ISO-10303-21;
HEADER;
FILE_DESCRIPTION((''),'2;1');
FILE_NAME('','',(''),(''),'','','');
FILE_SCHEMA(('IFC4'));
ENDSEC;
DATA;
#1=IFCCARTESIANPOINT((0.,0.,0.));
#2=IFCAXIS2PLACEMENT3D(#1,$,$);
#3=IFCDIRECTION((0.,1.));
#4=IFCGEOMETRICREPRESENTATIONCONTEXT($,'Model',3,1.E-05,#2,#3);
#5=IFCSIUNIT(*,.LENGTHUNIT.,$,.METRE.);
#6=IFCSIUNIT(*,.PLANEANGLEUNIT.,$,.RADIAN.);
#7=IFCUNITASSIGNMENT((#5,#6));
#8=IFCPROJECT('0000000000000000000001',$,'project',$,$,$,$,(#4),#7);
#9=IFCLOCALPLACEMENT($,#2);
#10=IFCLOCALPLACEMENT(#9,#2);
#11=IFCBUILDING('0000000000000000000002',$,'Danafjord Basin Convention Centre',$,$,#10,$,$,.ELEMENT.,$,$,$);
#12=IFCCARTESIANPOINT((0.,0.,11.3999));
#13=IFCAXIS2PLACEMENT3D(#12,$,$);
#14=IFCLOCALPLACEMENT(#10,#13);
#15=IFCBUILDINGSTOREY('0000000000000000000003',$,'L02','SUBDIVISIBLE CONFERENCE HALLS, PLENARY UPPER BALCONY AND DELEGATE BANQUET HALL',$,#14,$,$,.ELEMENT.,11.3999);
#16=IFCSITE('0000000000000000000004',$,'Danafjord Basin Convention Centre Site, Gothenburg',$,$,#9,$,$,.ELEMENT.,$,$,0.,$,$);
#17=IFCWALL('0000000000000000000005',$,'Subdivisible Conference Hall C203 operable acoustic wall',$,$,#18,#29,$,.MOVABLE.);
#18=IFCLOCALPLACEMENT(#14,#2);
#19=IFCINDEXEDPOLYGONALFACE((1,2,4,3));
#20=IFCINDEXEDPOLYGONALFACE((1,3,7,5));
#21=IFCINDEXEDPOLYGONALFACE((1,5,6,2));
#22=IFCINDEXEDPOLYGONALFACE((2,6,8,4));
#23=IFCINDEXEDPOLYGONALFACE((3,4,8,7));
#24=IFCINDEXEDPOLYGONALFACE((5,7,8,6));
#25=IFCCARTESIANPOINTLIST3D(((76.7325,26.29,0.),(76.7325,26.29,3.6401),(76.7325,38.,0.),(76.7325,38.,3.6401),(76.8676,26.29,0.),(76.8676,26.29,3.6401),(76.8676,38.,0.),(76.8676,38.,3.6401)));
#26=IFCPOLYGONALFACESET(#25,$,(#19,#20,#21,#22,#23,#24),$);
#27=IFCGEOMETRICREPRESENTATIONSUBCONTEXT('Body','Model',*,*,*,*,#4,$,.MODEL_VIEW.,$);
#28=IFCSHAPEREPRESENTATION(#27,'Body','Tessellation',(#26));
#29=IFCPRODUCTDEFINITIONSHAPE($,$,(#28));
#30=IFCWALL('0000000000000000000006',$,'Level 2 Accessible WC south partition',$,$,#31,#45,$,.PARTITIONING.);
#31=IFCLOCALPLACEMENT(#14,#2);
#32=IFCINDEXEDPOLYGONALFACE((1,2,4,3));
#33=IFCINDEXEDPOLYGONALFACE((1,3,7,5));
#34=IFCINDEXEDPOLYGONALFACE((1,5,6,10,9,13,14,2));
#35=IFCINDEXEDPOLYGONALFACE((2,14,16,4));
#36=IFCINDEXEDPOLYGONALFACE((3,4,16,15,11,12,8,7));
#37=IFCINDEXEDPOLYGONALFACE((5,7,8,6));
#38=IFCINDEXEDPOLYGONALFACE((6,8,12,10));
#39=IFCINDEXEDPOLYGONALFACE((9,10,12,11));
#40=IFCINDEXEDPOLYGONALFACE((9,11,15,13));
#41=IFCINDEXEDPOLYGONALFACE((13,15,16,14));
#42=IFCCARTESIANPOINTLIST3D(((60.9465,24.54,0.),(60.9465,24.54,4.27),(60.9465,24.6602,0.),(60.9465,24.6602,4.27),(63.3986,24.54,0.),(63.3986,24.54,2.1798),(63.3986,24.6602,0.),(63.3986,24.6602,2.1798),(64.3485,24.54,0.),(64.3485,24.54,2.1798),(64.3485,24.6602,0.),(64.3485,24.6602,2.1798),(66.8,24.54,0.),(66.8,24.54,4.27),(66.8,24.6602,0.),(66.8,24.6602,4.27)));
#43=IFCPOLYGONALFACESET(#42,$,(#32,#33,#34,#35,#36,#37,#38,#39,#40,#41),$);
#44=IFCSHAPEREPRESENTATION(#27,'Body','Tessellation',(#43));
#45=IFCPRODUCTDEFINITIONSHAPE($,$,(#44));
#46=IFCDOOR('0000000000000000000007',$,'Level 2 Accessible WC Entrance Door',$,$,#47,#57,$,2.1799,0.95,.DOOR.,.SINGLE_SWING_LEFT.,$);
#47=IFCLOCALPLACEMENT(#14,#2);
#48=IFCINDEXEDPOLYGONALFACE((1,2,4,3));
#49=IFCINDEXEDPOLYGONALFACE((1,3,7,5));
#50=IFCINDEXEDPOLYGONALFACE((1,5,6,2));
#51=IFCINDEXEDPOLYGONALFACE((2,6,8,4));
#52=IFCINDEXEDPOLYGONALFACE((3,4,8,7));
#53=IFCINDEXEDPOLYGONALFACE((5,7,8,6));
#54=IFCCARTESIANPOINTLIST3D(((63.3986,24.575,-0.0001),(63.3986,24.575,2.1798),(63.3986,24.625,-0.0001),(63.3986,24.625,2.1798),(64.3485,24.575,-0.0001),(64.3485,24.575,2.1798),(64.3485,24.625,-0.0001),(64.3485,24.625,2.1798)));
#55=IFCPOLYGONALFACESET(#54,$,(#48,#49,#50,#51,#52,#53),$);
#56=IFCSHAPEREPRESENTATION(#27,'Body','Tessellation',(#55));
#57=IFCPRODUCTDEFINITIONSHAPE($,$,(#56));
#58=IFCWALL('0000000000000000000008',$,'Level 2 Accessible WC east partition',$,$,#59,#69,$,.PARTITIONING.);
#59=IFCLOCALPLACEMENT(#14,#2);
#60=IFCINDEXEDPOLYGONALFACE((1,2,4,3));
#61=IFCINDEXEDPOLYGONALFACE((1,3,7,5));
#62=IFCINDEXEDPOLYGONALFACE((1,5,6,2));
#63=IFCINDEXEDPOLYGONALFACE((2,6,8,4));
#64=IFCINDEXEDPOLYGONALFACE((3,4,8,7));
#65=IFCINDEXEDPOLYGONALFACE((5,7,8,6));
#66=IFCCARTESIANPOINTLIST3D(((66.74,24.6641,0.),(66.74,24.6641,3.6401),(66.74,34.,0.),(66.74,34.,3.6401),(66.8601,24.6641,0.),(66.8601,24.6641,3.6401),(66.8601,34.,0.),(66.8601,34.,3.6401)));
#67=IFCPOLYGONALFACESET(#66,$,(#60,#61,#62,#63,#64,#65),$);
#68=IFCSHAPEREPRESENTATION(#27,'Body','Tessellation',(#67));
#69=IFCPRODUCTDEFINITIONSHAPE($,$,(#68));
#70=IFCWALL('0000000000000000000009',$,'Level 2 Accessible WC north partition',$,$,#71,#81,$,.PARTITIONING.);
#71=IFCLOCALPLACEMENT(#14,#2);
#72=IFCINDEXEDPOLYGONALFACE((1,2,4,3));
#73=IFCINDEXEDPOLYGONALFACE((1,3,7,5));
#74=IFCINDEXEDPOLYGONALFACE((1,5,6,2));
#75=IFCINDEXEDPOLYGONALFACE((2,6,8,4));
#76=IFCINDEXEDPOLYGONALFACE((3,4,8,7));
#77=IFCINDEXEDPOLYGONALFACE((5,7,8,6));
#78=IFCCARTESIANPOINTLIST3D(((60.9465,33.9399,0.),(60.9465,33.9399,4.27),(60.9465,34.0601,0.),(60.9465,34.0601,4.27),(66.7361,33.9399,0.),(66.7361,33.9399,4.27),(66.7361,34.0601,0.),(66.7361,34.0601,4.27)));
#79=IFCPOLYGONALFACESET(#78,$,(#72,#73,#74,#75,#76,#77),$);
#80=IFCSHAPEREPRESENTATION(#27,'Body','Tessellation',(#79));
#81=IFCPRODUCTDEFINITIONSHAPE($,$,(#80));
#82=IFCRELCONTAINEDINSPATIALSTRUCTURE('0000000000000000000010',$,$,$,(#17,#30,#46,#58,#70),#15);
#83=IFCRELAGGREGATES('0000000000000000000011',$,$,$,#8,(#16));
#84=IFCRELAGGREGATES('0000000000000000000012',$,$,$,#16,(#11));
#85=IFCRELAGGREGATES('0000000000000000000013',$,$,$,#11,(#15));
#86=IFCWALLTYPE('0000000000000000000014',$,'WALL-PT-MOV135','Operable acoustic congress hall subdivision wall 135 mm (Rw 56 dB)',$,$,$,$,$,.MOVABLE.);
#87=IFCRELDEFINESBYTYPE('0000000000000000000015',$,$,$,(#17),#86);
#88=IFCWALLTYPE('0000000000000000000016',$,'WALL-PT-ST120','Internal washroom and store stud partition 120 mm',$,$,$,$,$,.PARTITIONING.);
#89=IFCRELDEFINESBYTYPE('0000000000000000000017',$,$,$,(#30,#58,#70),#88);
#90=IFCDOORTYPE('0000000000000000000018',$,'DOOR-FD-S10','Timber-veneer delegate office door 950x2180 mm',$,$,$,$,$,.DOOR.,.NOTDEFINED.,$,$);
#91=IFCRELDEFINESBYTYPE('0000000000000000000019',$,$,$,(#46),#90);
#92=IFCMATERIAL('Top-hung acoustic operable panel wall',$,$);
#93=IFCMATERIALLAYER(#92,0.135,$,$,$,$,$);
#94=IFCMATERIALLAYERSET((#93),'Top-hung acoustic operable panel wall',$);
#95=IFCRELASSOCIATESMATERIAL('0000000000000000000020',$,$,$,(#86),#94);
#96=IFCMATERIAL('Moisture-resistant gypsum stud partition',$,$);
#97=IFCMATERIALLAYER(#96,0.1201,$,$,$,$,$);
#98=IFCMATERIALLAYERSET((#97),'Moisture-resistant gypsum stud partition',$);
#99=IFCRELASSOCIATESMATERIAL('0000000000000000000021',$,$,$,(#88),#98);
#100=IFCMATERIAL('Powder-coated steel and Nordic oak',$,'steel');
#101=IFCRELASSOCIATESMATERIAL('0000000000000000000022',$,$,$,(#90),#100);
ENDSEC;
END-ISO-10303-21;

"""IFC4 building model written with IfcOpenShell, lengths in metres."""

from ifc_helpers import new_model, si_unit, direction, frame, frame_2d, origin, place, context, subcontext, project, spatial, rectangle, extrude, material, layer, layer_set, type_object, element, fill, save


model = new_model("IFC4")

# Units and contexts
model_context = context("Model", 3, precision=1e-05, world=origin(), true_north=direction((0.0, 1.0)))
body_context = subcontext(model_context, "Body", "Model", "MODEL_VIEW")
ifc_project = project(units=[si_unit("LENGTHUNIT", "METRE"), si_unit("PLANEANGLEUNIT", "RADIAN")], contexts=[model_context])

# Site, building, storey
site_placement = place(None, origin())
site = spatial("IfcSite", under=ifc_project, at=site_placement, Name="Danafjord Basin Convention Centre Site, Gothenburg", CompositionType="ELEMENT", RefElevation=0.0)
building_placement = place(site_placement, origin())
building = spatial("IfcBuilding", under=site, at=building_placement, Name="Danafjord Basin Convention Centre", CompositionType="ELEMENT")
storey_placement = place(building_placement, frame((0.0, 0.0, 11.3999)))
storey = spatial("IfcBuildingStorey", under=building, at=storey_placement, Name="L02", Description="SUBDIVISIBLE CONFERENCE HALLS, PLENARY UPPER BALCONY AND DELEGATE BANQUET HALL", CompositionType="ELEMENT", Elevation=11.3999)

# Wall
ifc_material_1 = material(Name="Top-hung acoustic operable panel wall")
ifc_layer_1 = layer(ifc_material_1, 0.135)
ifc_layer_set_1 = layer_set([ifc_layer_1], Name="Top-hung acoustic operable panel wall")
wall_type_1 = type_object("IfcWallType", Name="WALL-PT-MOV135", Description="Operable acoustic congress hall subdivision wall 135 mm (Rw 56 dB)", PredefinedType="MOVABLE", material=ifc_layer_set_1)
wall_1_placement = place(storey_placement, frame((76.8, 26.29, 0.0), z_axis=(0.0, 0.0, 1.0), x_axis=(0.0, 1.0, 0.0)))
element("IfcWall", 1, at=wall_1_placement, inside=storey, type_object=wall_type_1, Name="Subdivisible Conference Hall C203 operable acoustic wall", PredefinedType="MOVABLE", context=body_context, shape_type="SweptSolid", body=[
    extrude(rectangle(XDim=11.71, YDim=0.135, at=frame_2d((5.855, 0.0))), origin(), (0.0, 0.0, 1.0), 3.6401),
])

# Wall, opening, door
ifc_material_2 = material(Name="Moisture-resistant gypsum stud partition")
ifc_layer_2 = layer(ifc_material_2, 0.1201)
ifc_layer_set_2 = layer_set([ifc_layer_2], Name="Moisture-resistant gypsum stud partition")
wall_type_2 = type_object("IfcWallType", Name="WALL-PT-ST120", Description="Internal washroom and store stud partition 120 mm", PredefinedType="PARTITIONING", material=ifc_layer_set_2)
wall_2_placement = place(storey_placement, frame((60.9465, 24.6001, 0.0), z_axis=(0.0, 0.0, 1.0), x_axis=(1.0, 0.0, 0.0)))
wall_2 = element("IfcWall", 2, at=wall_2_placement, inside=storey, type_object=wall_type_2, Name="Level 2 Accessible WC south partition", PredefinedType="PARTITIONING", context=body_context, shape_type="SweptSolid", body=[
    extrude(rectangle(XDim=5.8535, YDim=0.1201, at=frame_2d((2.9268, 0.0))), origin(), (0.0, 0.0, 1.0), 4.27),
])
opening_1_placement = place(wall_2_placement, frame((2.4519, 0.0, 0.0)))
opening_1 = element("IfcOpeningElement", 3, at=opening_1_placement, cuts=wall_2, PredefinedType="OPENING", context=body_context, shape_type="SweptSolid", body=[
    extrude(rectangle(XDim=0.95, YDim=2.1799, at=frame_2d((0.4751, 1.0898))), frame((0.0, 0.0701, 0.0), z_axis=(0.0, -1.0, 0.0), x_axis=(1.0, 0.0, 0.0)), (0.0, 0.0, 1.0), 0.1401),
])
ifc_material_3 = material(Name="Powder-coated steel and Nordic oak", Category="steel")
door_type_1 = type_object("IfcDoorType", Name="DOOR-FD-S10", Description="Timber-veneer delegate office door 950x2180 mm", OperationType="NOTDEFINED", PredefinedType="DOOR", material=ifc_material_3)
door_1_placement = place(opening_1_placement, origin())
door_1 = element("IfcDoor", 4, at=door_1_placement, inside=storey, type_object=door_type_1, Name="Level 2 Accessible WC Entrance Door", OperationType="SINGLE_SWING_LEFT", OverallHeight=2.1799, OverallWidth=0.95, PredefinedType="DOOR", context=body_context, shape_type="SweptSolid", body=[
    extrude(rectangle(XDim=0.95, YDim=2.1799, at=frame_2d((0.4751, 1.0898))), frame((0.0, 0.0249, 0.0), z_axis=(0.0, -1.0, 0.0), x_axis=(1.0, 0.0, 0.0)), (0.0, 0.0, 1.0), 0.05),
])
fill(opening_1, door_1)

# Walls
wall_3_placement = place(storey_placement, frame((66.8, 24.6641, 0.0), z_axis=(0.0, 0.0, 1.0), x_axis=(0.0, 1.0, 0.0)))
element("IfcWall", 5, at=wall_3_placement, inside=storey, type_object=wall_type_2, Name="Level 2 Accessible WC east partition", PredefinedType="PARTITIONING", context=body_context, shape_type="SweptSolid", body=[
    extrude(rectangle(XDim=9.3359, YDim=0.1201, at=frame_2d((4.668, 0.0))), origin(), (0.0, 0.0, 1.0), 3.6401),
])
wall_4_placement = place(storey_placement, frame((66.7361, 34.0, 0.0), z_axis=(0.0, 0.0, 1.0), x_axis=(-1.0, 0.0, 0.0)))
element("IfcWall", 6, at=wall_4_placement, inside=storey, type_object=wall_type_2, Name="Level 2 Accessible WC north partition", PredefinedType="PARTITIONING", context=body_context, shape_type="SweptSolid", body=[
    extrude(rectangle(XDim=5.7896, YDim=0.1201, at=frame_2d((2.8948, 0.0))), origin(), (0.0, 0.0, 1.0), 4.27),
])

save(model, "model.ifc")
